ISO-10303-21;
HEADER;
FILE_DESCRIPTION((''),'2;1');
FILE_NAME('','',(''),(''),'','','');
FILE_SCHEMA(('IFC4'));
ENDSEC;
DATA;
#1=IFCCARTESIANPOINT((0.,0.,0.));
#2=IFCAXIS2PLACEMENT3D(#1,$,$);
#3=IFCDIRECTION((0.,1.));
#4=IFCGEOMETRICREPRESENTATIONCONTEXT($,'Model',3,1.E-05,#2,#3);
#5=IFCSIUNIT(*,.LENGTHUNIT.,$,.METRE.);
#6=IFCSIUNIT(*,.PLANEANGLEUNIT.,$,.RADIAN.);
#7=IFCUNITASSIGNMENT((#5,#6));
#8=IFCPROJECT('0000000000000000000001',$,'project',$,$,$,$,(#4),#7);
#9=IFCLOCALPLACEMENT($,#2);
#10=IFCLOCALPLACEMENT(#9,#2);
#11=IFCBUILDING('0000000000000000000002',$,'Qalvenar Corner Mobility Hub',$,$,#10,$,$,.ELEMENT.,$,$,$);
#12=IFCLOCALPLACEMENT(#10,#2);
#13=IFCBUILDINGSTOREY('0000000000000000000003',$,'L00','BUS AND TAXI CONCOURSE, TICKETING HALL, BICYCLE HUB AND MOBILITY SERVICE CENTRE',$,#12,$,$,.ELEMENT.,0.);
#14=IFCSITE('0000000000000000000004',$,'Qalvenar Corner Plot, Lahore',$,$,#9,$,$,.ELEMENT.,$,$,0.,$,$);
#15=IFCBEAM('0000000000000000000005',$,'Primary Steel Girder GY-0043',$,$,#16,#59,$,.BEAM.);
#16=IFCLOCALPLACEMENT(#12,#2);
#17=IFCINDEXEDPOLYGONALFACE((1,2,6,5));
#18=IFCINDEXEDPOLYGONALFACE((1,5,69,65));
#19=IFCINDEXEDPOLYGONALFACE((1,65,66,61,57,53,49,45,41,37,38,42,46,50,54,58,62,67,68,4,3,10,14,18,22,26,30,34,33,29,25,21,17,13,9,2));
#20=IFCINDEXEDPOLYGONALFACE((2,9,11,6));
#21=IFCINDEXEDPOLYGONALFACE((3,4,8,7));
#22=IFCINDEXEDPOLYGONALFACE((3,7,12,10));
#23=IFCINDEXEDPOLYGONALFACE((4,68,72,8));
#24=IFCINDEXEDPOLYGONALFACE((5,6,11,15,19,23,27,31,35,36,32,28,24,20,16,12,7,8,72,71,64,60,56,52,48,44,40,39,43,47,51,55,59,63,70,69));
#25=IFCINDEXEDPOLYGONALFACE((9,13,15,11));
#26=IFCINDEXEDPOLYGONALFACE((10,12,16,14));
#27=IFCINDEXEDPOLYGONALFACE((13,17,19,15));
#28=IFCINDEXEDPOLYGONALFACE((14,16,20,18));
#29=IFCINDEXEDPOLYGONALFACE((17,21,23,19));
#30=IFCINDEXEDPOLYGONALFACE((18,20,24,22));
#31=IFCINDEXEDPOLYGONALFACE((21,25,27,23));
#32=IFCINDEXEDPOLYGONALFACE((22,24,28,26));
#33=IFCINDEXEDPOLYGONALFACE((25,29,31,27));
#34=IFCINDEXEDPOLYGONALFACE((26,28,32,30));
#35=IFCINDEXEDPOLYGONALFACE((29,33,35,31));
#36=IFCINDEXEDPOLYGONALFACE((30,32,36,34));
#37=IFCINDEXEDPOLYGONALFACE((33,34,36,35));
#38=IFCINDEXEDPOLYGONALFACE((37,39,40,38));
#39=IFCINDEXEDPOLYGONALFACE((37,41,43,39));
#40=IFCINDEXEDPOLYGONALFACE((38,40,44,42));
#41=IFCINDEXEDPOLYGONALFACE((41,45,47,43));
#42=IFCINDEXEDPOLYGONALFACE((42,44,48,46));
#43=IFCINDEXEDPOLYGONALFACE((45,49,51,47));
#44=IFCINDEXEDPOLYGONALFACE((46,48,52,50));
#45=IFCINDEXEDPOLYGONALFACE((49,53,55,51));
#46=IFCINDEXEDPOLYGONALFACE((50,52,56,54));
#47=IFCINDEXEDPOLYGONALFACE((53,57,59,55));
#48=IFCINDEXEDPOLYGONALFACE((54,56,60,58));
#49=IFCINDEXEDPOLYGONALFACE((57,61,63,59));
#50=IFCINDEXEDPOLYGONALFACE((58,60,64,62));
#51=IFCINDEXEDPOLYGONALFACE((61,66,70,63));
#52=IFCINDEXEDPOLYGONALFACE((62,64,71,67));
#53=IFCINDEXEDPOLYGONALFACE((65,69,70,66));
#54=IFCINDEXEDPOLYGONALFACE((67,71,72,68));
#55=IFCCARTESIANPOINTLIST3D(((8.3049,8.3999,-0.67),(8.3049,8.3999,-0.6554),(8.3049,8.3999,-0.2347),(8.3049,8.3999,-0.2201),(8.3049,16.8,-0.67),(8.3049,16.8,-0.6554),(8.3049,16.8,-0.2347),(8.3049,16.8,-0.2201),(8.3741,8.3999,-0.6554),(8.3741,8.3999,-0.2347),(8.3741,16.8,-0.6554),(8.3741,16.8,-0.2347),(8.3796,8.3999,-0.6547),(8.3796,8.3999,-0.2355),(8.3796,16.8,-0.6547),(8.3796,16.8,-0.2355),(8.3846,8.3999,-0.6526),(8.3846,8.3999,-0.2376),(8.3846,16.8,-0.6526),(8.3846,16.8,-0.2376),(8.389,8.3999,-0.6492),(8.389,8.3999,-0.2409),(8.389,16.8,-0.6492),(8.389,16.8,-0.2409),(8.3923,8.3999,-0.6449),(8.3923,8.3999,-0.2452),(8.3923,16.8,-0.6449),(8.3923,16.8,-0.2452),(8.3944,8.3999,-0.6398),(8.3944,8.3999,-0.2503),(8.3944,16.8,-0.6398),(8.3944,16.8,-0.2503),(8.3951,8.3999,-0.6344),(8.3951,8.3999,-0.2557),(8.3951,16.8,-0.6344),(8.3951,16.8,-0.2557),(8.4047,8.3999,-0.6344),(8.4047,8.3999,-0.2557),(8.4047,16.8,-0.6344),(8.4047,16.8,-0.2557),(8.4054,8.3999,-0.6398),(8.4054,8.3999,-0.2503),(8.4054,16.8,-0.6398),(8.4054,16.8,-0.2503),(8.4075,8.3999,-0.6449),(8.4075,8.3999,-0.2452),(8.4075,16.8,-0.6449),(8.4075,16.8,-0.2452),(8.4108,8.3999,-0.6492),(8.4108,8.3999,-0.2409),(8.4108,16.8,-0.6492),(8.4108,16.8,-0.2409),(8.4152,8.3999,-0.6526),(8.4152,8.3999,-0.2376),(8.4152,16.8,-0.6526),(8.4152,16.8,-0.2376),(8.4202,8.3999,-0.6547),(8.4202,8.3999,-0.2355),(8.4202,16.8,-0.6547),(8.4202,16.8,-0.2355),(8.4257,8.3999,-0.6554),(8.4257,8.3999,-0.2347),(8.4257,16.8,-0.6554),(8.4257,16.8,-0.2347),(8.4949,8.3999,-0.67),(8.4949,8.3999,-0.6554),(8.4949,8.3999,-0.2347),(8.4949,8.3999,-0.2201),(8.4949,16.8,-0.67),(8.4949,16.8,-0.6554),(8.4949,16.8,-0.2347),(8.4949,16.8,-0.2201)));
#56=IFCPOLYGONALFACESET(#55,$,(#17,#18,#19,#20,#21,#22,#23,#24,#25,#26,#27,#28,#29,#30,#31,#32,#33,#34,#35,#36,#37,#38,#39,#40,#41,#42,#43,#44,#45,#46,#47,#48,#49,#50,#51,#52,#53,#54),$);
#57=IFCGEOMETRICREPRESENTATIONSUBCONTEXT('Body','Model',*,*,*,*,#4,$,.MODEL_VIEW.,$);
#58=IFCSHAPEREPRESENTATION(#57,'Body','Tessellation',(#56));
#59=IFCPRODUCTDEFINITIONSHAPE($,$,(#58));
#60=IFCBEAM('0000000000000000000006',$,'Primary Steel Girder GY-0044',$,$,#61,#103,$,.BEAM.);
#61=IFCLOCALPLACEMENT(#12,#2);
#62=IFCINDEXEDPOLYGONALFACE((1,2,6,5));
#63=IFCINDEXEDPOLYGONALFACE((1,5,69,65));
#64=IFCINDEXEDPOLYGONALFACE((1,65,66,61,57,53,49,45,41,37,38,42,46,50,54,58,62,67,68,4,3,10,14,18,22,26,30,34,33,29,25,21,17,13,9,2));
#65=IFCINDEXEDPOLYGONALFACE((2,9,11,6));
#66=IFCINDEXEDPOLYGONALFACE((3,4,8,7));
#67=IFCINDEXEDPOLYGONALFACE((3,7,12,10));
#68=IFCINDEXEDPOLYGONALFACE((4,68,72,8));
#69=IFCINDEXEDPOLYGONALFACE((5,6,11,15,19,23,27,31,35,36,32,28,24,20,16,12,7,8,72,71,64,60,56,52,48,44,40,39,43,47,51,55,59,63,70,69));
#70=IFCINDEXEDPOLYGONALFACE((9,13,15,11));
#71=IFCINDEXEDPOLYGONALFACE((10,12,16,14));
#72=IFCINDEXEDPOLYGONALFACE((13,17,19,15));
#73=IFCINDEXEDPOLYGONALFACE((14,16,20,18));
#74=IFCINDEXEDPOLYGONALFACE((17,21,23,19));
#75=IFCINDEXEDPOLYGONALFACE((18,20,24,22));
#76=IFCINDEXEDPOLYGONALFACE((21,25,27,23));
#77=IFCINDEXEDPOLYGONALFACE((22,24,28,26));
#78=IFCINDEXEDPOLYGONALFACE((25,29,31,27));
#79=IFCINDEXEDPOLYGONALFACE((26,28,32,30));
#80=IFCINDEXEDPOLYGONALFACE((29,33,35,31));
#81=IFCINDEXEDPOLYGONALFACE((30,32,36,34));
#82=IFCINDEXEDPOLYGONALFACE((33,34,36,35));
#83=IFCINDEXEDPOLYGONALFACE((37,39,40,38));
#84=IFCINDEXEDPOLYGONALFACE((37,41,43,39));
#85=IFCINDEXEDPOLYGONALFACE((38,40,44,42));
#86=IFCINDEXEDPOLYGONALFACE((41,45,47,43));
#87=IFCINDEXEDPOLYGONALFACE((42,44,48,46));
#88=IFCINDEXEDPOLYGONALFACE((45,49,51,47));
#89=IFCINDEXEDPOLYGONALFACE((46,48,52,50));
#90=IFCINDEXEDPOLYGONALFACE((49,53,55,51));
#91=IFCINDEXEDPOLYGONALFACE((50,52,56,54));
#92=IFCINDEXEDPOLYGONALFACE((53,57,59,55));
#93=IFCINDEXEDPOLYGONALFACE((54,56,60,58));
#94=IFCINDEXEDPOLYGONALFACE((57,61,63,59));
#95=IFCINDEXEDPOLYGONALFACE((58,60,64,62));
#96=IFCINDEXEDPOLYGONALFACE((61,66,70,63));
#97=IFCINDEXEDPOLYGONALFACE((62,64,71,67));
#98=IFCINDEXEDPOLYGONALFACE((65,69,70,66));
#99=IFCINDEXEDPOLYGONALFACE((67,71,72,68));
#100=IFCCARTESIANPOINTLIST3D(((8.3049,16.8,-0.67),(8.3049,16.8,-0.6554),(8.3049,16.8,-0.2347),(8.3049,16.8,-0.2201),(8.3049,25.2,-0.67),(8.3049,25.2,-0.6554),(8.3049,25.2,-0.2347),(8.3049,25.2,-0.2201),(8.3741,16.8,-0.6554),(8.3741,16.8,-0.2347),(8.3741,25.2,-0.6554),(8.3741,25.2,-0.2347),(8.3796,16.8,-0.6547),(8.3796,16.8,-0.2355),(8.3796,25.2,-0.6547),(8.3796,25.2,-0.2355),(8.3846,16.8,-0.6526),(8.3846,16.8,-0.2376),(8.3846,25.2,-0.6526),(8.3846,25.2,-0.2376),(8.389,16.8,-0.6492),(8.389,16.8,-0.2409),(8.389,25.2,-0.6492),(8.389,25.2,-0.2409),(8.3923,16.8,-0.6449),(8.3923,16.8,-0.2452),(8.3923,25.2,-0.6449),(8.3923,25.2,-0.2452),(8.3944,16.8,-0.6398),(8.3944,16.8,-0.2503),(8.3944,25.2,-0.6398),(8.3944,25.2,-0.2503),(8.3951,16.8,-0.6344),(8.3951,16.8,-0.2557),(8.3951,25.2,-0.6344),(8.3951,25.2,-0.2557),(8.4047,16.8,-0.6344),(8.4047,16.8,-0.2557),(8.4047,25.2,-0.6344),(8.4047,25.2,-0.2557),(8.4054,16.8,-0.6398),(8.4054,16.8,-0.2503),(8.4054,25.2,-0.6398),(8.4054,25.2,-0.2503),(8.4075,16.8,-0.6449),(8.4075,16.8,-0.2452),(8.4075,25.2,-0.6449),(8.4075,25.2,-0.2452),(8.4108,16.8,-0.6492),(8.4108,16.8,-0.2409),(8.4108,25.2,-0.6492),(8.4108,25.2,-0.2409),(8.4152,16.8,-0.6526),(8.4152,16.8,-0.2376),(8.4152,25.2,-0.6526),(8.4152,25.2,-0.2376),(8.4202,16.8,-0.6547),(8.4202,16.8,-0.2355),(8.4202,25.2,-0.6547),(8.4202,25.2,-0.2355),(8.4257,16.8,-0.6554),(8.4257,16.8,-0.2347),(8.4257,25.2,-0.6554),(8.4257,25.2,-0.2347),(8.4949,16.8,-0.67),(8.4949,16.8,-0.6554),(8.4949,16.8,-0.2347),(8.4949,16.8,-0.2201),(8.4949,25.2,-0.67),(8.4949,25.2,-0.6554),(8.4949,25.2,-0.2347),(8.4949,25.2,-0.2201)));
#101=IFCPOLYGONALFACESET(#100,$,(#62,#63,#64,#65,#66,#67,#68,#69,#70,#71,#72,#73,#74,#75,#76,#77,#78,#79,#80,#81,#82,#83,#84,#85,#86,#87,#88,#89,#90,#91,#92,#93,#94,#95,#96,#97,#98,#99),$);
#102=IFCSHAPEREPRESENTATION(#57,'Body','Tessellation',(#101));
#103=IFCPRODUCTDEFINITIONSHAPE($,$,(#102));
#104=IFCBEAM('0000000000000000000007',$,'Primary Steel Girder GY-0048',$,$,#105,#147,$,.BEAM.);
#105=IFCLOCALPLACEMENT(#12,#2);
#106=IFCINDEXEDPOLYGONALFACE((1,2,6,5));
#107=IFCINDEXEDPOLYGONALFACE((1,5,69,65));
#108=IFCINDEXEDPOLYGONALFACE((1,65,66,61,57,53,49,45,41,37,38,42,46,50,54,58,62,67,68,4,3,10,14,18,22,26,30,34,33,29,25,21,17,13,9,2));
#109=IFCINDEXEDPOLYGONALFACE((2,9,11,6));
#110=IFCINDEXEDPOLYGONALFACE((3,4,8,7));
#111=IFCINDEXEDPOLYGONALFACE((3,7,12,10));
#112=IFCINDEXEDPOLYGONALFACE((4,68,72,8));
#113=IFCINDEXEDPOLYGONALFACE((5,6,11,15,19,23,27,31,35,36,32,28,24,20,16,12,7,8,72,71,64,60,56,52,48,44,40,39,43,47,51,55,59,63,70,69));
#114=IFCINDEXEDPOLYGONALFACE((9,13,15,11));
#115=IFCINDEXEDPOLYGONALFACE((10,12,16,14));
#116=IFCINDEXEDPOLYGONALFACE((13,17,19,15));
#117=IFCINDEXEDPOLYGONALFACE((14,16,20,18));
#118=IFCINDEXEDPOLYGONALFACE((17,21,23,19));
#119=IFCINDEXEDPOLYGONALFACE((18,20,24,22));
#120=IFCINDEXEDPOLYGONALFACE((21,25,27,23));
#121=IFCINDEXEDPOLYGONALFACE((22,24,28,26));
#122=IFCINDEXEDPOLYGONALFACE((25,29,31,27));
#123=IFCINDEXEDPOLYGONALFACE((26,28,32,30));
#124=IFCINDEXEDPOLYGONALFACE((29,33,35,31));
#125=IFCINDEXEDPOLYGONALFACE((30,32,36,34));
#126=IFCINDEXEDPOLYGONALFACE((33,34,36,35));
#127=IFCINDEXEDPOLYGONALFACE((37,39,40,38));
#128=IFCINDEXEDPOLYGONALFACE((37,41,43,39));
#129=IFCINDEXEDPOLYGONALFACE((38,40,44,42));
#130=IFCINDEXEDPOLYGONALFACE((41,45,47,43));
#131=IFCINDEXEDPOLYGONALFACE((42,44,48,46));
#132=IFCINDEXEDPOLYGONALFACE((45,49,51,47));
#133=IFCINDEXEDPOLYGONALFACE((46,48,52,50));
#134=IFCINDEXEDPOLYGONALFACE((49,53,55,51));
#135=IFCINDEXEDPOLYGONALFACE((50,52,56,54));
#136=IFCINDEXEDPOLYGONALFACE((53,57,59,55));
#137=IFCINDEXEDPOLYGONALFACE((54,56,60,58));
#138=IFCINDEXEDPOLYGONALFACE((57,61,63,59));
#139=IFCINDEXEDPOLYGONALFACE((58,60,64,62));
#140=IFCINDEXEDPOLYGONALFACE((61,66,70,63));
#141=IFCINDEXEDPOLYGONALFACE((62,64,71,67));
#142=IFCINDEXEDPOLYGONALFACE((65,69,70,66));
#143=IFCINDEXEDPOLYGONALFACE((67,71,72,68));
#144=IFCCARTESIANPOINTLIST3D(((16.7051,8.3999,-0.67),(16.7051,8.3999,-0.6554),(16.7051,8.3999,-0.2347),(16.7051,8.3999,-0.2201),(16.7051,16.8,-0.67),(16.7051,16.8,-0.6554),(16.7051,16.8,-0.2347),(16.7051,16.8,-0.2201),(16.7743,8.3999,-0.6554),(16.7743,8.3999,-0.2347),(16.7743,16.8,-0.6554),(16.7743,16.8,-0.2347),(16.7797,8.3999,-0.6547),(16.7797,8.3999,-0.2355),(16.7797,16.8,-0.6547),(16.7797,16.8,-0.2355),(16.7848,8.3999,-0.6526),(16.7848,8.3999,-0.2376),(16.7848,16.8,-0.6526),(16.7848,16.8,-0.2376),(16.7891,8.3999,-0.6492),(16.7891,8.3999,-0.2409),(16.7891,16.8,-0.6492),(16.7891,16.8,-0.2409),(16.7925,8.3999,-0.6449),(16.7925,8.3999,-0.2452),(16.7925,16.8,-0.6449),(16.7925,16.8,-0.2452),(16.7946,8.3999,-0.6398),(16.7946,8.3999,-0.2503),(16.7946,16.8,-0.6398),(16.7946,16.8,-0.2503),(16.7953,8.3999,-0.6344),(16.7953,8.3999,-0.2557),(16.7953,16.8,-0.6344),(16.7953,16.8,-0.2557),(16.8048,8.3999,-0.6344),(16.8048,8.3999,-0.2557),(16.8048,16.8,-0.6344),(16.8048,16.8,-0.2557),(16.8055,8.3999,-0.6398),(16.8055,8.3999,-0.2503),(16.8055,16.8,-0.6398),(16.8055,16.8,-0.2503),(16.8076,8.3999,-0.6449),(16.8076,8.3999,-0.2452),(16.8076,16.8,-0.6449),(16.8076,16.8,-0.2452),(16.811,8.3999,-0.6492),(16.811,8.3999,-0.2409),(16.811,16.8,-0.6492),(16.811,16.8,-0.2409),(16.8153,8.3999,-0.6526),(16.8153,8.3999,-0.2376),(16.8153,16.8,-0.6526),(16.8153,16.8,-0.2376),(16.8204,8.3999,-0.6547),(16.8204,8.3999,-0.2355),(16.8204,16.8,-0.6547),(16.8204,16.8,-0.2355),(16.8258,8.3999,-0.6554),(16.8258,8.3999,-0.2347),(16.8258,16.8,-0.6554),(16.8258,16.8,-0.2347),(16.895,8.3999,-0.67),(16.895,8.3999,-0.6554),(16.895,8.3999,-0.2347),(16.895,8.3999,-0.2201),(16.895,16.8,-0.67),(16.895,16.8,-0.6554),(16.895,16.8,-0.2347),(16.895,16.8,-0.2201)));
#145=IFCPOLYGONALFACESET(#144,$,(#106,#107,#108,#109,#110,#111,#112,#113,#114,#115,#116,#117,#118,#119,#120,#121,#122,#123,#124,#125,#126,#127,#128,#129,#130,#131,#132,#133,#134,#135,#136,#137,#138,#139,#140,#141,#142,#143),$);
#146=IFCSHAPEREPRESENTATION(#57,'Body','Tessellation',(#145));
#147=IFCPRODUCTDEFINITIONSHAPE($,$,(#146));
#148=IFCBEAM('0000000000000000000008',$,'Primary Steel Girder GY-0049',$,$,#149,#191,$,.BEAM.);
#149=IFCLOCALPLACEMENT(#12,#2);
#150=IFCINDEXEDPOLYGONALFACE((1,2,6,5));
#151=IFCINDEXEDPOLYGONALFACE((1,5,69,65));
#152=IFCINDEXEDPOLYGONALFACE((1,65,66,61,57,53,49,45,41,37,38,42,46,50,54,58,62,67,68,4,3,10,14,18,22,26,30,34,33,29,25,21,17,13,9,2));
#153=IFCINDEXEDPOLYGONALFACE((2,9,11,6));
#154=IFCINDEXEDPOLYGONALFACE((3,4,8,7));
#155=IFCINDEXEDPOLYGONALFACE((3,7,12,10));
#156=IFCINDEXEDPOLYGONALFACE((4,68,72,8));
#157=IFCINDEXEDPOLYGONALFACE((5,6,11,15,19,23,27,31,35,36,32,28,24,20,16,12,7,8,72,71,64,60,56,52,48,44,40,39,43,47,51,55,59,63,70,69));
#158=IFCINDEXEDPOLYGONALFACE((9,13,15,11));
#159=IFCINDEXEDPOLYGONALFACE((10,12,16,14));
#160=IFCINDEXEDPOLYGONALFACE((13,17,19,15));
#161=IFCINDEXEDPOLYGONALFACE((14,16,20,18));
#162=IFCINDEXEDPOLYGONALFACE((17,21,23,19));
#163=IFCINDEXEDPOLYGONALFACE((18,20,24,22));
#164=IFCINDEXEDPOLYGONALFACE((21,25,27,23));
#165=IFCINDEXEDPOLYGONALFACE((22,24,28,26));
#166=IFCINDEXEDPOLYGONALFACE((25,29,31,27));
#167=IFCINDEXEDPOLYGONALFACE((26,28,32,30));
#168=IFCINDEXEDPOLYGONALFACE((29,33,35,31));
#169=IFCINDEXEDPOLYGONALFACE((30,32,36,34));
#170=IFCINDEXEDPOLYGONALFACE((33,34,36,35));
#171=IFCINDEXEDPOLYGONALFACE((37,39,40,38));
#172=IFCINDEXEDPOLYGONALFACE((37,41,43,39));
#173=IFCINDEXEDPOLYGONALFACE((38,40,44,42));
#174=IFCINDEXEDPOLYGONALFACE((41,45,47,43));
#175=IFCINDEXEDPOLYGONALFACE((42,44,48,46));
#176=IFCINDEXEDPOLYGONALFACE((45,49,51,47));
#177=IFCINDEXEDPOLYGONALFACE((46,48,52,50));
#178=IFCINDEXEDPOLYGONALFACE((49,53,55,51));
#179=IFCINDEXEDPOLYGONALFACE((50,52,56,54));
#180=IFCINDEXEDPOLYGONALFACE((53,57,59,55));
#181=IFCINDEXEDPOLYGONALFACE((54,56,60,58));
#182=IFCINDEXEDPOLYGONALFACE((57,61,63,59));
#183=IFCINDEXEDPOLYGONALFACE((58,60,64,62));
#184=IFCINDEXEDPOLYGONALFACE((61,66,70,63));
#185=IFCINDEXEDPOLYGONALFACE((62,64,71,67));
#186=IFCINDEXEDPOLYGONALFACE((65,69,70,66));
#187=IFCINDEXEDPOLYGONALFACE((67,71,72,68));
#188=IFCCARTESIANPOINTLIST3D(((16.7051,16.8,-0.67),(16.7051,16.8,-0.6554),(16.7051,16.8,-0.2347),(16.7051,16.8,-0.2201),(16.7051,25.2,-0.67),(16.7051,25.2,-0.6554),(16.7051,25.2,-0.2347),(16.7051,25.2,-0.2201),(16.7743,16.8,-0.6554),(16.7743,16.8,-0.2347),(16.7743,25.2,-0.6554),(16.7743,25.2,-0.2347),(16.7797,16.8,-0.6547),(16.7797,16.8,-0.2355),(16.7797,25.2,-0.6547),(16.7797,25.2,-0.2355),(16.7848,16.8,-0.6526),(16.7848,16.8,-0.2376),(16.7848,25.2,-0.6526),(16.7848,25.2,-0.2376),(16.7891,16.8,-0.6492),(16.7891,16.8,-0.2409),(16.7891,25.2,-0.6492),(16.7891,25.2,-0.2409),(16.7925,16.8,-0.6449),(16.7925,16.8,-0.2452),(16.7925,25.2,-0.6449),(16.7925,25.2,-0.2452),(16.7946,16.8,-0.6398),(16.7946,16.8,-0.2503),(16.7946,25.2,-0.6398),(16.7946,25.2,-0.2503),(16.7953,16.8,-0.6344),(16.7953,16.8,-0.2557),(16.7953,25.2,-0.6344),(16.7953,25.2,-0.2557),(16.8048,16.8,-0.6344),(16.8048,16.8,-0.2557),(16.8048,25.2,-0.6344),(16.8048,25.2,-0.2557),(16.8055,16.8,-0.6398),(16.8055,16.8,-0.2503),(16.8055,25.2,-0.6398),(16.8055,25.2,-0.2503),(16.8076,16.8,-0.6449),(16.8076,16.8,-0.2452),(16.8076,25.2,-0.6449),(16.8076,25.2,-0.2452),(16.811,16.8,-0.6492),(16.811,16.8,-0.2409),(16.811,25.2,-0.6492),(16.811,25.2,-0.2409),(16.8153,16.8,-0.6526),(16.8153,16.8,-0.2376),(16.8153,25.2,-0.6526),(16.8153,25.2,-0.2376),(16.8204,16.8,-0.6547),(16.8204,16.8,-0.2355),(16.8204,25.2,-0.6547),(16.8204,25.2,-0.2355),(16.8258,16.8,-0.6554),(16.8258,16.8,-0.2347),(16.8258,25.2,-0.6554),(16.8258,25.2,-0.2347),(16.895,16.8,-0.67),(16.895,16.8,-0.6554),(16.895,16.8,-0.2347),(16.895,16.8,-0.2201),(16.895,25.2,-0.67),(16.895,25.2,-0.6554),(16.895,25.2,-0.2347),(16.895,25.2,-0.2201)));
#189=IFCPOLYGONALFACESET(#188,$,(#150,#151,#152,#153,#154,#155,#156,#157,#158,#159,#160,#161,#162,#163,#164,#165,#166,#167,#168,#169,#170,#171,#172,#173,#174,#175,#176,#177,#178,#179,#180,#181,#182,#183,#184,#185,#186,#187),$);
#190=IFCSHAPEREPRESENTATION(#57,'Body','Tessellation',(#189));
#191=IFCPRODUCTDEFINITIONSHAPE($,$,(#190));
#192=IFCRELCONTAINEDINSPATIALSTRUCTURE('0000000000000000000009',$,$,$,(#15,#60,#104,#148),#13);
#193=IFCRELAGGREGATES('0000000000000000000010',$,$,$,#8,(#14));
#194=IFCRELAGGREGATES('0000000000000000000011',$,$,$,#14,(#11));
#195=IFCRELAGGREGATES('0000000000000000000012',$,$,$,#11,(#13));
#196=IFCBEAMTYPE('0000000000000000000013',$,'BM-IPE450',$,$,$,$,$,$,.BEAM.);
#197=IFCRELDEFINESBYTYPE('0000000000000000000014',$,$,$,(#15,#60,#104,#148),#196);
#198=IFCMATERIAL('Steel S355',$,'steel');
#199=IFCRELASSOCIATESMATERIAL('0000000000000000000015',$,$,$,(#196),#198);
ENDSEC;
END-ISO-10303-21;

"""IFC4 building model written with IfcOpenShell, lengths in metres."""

from ifc_helpers import new_model, si_unit, direction, frame, origin, origin_2d, place, context, subcontext, project, spatial, i_section, extrude, material, material_profile, profile_set, type_object, element, save


model = new_model("IFC4")

# Units and contexts
model_context = context("Model", 3, precision=1e-05, world=origin(), true_north=direction((0.0, 1.0)))
body_context = subcontext(model_context, "Body", "Model", "MODEL_VIEW")
ifc_project = project(units=[si_unit("LENGTHUNIT", "METRE"), si_unit("PLANEANGLEUNIT", "RADIAN")], contexts=[model_context])

# Site, building, storey
site_placement = place(None, origin())
site = spatial("IfcSite", under=ifc_project, at=site_placement, Name="Qalvenar Corner Plot, Lahore", CompositionType="ELEMENT", RefElevation=0.0)
building_placement = place(site_placement, origin())
building = spatial("IfcBuilding", under=site, at=building_placement, Name="Qalvenar Corner Mobility Hub", CompositionType="ELEMENT")
storey_placement = place(building_placement, origin())
storey = spatial("IfcBuildingStorey", under=building, at=storey_placement, Name="L00", Description="BUS AND TAXI CONCOURSE, TICKETING HALL, BICYCLE HUB AND MOBILITY SERVICE CENTRE", CompositionType="ELEMENT", Elevation=0.0)

# Beams
ifc_material_1 = material(Name="Steel S355", Category="steel")
ifc_material_profile_1 = material_profile(ifc_material_1, i_section(OverallWidth=0.1899, OverallDepth=0.45, WebThickness=0.0095, FlangeThickness=0.0146, FilletRadius=0.021, at=origin_2d()), Name="IPE450")
ifc_profile_set_1 = profile_set([ifc_material_profile_1], Name="Steel S355")
beam_type_1 = type_object("IfcBeamType", Name="BM-IPE450", PredefinedType="BEAM", material=ifc_profile_set_1)
beam_1_placement = place(storey_placement, frame((8.3999, 8.3999, -0.4451), z_axis=(0.0, 1.0, 0.0), x_axis=(-1.0, 0.0, 0.0)))
element("IfcBeam", 1, at=beam_1_placement, inside=storey, type_object=beam_type_1, Name="Primary Steel Girder GY-0043", PredefinedType="BEAM", context=body_context, shape_type="SweptSolid", body=[
    extrude(i_section(OverallWidth=0.1899, OverallDepth=0.45, WebThickness=0.0095, FlangeThickness=0.0146, FilletRadius=0.021, at=origin_2d()), origin(), (0.0, 0.0, 1.0), 8.4001),
])
beam_2_placement = place(storey_placement, frame((8.3999, 16.8, -0.4451), z_axis=(0.0, 1.0, 0.0), x_axis=(-1.0, 0.0, 0.0)))
element("IfcBeam", 2, at=beam_2_placement, inside=storey, type_object=beam_type_1, Name="Primary Steel Girder GY-0044", PredefinedType="BEAM", context=body_context, shape_type="SweptSolid", body=[
    extrude(i_section(OverallWidth=0.1899, OverallDepth=0.45, WebThickness=0.0095, FlangeThickness=0.0146, FilletRadius=0.021, at=origin_2d()), origin(), (0.0, 0.0, 1.0), 8.3999),
])
beam_3_placement = place(storey_placement, frame((16.8, 8.3999, -0.4451), z_axis=(0.0, 1.0, 0.0), x_axis=(-1.0, 0.0, 0.0)))
element("IfcBeam", 3, at=beam_3_placement, inside=storey, type_object=beam_type_1, Name="Primary Steel Girder GY-0048", PredefinedType="BEAM", context=body_context, shape_type="SweptSolid", body=[
    extrude(i_section(OverallWidth=0.1899, OverallDepth=0.45, WebThickness=0.0095, FlangeThickness=0.0146, FilletRadius=0.021, at=origin_2d()), origin(), (0.0, 0.0, 1.0), 8.4001),
])
beam_4_placement = place(storey_placement, frame((16.8, 16.8, -0.4451), z_axis=(0.0, 1.0, 0.0), x_axis=(-1.0, 0.0, 0.0)))
element("IfcBeam", 4, at=beam_4_placement, inside=storey, type_object=beam_type_1, Name="Primary Steel Girder GY-0049", PredefinedType="BEAM", context=body_context, shape_type="SweptSolid", body=[
    extrude(i_section(OverallWidth=0.1899, OverallDepth=0.45, WebThickness=0.0095, FlangeThickness=0.0146, FilletRadius=0.021, at=origin_2d()), origin(), (0.0, 0.0, 1.0), 8.3999),
])

save(model, "model.ifc")
